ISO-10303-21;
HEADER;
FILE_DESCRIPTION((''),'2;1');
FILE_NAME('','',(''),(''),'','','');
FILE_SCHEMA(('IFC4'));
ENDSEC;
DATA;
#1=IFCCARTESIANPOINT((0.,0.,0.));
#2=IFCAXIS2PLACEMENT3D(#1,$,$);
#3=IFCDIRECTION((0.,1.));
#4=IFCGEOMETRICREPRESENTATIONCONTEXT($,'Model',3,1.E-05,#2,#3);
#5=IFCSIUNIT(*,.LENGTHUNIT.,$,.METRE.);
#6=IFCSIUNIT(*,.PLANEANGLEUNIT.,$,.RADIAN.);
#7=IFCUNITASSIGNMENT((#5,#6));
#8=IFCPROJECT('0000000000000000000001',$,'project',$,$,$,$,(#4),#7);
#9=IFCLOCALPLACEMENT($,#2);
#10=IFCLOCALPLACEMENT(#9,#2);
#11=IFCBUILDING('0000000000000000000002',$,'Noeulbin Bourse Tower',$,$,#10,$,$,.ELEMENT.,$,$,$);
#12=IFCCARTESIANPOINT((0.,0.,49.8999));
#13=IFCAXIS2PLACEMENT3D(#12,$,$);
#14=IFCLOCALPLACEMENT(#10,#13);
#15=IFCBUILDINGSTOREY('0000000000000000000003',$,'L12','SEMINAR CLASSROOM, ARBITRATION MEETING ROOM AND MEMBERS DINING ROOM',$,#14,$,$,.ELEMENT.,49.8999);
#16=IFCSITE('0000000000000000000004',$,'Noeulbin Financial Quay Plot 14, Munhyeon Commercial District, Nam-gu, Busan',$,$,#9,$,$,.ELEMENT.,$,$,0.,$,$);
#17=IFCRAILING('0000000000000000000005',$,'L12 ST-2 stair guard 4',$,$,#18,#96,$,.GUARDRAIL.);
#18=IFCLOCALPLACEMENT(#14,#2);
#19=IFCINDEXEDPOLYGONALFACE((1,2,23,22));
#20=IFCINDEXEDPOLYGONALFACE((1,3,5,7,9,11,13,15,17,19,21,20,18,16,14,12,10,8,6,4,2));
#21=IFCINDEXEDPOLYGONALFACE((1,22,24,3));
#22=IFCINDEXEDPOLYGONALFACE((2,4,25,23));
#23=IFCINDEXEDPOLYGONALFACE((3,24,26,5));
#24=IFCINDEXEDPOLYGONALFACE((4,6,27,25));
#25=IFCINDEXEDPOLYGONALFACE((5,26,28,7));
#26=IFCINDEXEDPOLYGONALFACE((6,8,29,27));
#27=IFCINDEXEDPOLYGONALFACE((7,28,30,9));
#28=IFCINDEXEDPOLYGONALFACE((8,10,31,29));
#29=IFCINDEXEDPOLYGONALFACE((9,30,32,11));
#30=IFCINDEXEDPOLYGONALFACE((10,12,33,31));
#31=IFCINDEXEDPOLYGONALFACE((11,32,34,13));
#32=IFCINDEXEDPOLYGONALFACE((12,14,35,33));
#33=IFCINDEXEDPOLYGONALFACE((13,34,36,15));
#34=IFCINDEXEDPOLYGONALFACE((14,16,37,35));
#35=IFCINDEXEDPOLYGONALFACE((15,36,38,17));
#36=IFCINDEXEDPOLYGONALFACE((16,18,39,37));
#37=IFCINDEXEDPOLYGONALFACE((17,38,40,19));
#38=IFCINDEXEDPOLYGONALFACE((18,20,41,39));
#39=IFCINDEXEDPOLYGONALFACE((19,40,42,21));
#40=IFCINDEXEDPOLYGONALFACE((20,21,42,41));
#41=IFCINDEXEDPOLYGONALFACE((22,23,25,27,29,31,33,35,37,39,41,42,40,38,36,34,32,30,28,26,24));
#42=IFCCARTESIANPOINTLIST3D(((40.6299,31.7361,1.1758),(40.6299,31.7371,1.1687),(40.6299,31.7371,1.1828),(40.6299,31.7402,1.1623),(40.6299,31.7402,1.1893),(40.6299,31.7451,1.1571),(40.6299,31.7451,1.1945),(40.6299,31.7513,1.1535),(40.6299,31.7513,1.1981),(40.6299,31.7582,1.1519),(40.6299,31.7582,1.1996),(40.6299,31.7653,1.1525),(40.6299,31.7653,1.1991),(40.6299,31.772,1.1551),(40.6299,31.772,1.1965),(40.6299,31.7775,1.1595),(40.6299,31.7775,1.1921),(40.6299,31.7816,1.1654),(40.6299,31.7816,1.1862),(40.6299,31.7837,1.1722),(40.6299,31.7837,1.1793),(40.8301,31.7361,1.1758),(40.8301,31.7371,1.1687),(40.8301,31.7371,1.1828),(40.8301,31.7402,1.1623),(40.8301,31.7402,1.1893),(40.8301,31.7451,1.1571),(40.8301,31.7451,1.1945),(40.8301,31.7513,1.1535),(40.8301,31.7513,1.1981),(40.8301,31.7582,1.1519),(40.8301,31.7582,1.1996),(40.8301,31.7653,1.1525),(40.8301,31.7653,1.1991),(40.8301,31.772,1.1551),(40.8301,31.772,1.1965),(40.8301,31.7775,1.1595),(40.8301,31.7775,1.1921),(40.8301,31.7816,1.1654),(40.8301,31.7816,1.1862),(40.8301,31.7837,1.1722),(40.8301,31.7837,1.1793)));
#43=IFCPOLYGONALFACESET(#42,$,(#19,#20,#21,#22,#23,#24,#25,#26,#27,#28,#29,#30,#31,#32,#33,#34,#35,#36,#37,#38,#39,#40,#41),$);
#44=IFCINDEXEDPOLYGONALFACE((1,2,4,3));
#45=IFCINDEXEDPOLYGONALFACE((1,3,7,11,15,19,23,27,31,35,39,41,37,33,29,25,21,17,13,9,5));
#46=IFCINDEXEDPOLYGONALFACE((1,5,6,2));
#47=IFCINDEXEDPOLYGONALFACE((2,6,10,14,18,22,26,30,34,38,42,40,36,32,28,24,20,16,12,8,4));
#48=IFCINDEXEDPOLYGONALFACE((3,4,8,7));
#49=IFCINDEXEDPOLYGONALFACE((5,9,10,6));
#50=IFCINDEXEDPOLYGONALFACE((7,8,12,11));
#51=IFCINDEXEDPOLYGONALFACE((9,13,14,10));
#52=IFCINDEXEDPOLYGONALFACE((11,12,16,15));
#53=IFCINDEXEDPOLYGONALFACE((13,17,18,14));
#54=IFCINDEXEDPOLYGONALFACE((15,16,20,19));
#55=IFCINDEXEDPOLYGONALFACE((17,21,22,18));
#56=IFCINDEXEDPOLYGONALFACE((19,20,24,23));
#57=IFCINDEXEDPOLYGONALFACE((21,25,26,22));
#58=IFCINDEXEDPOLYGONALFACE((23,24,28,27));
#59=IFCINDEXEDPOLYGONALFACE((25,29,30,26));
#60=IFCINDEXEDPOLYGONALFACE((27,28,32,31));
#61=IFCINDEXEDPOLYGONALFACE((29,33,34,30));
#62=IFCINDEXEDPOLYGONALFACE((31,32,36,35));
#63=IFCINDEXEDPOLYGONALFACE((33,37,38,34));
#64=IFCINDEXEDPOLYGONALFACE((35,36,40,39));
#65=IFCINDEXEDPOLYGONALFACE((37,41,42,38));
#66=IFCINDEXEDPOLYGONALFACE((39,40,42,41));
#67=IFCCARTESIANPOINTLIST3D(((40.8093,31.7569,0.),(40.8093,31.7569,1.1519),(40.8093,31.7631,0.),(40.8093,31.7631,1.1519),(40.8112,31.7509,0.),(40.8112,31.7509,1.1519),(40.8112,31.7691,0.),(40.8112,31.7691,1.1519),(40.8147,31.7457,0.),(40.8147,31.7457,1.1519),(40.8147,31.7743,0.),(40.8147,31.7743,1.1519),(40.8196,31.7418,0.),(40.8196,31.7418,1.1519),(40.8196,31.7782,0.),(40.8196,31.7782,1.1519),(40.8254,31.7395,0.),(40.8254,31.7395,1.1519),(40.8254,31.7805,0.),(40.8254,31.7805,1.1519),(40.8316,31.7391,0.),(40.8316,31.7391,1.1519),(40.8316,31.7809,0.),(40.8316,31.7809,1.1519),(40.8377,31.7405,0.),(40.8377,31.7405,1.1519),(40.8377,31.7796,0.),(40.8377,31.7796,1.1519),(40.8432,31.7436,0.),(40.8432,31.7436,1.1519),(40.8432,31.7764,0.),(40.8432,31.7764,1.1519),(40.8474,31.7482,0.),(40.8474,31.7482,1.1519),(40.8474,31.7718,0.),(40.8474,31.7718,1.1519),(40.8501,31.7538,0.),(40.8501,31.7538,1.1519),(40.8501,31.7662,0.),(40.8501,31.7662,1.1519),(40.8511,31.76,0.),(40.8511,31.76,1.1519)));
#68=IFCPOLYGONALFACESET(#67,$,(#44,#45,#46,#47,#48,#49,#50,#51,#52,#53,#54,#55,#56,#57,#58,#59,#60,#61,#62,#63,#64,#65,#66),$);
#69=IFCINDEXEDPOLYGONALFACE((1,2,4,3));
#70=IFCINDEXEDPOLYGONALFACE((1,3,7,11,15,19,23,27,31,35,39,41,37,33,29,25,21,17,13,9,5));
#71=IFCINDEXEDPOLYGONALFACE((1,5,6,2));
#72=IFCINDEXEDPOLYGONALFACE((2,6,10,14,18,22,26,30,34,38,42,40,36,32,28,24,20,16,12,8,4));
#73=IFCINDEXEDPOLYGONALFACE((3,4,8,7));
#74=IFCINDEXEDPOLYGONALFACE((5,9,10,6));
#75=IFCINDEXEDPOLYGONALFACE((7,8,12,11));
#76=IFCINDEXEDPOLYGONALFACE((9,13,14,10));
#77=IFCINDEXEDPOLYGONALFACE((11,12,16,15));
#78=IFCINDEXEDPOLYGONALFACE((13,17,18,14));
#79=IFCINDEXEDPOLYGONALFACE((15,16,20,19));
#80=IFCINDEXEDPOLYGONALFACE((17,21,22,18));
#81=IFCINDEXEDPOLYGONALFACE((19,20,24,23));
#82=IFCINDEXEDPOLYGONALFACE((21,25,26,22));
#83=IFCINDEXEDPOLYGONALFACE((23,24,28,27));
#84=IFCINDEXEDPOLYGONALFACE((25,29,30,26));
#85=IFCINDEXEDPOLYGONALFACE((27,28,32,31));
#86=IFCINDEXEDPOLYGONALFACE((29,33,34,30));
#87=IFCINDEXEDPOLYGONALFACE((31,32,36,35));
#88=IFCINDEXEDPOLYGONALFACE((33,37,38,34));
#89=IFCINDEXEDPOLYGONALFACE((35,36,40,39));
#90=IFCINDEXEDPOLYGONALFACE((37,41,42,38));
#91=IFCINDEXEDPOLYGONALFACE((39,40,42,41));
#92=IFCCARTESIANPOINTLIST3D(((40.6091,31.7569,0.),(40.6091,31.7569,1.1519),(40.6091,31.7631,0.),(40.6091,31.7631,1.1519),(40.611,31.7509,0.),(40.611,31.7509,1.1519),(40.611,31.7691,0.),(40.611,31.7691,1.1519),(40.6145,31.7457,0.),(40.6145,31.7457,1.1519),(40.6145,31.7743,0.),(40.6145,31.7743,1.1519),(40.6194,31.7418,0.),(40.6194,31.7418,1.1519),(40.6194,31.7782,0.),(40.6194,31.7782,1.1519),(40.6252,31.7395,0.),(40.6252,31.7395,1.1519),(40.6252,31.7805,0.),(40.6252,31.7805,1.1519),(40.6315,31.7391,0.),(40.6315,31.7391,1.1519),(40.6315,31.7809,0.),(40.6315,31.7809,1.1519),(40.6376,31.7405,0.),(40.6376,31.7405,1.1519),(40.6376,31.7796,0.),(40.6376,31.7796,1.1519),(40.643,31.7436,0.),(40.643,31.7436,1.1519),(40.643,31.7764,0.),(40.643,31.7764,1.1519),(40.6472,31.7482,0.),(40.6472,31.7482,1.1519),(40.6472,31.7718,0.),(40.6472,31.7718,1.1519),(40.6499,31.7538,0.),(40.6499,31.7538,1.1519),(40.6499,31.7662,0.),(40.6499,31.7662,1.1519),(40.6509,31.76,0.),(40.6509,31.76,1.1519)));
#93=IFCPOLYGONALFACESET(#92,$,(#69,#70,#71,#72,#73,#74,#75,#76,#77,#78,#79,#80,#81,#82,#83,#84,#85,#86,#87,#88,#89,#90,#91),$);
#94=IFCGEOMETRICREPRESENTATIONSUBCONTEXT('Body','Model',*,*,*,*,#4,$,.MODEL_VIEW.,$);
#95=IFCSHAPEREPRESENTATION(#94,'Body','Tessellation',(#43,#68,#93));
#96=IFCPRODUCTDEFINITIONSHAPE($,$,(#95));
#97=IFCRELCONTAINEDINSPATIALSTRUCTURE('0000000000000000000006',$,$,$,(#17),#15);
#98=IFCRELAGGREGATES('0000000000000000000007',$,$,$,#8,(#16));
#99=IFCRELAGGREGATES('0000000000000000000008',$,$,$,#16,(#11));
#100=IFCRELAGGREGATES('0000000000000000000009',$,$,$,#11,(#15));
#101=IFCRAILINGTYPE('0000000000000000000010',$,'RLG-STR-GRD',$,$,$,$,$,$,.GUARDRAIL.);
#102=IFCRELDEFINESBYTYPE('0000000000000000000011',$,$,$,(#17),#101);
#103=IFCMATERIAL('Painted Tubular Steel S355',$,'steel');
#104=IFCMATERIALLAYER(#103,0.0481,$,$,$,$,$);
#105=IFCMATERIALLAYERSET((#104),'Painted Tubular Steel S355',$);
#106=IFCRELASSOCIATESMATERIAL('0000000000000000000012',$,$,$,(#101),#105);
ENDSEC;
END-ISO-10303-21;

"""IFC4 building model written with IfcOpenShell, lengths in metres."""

from ifc_helpers import new_model, si_unit, direction, frame, origin, origin_2d, place, context, subcontext, project, spatial, circle, extrude, material, layer, layer_set, type_object, element, save


model = new_model("IFC4")

# Units and contexts
model_context = context("Model", 3, precision=1e-05, world=origin(), true_north=direction((0.0, 1.0)))
body_context = subcontext(model_context, "Body", "Model", "MODEL_VIEW")
ifc_project = project(units=[si_unit("LENGTHUNIT", "METRE"), si_unit("PLANEANGLEUNIT", "RADIAN")], contexts=[model_context])

# Site, building, storey
site_placement = place(None, origin())
site = spatial("IfcSite", under=ifc_project, at=site_placement, Name="Noeulbin Financial Quay Plot 14, Munhyeon Commercial District, Nam-gu, Busan", CompositionType="ELEMENT", RefElevation=0.0)
building_placement = place(site_placement, origin())
building = spatial("IfcBuilding", under=site, at=building_placement, Name="Noeulbin Bourse Tower", CompositionType="ELEMENT")
storey_placement = place(building_placement, frame((0.0, 0.0, 49.8999)))
storey = spatial("IfcBuildingStorey", under=building, at=storey_placement, Name="L12", Description="SEMINAR CLASSROOM, ARBITRATION MEETING ROOM AND MEMBERS DINING ROOM", CompositionType="ELEMENT", Elevation=49.8999)

# Railing
ifc_material_1 = material(Name="Painted Tubular Steel S355", Category="steel")
ifc_layer_1 = layer(ifc_material_1, 0.0481)
ifc_layer_set_1 = layer_set([ifc_layer_1], Name="Painted Tubular Steel S355")
railing_type_1 = type_object("IfcRailingType", Name="RLG-STR-GRD", PredefinedType="GUARDRAIL", material=ifc_layer_set_1)
railing_1_placement = place(storey_placement, frame((40.8301, 31.76, 0.0)))
element("IfcRailing", 1, at=railing_1_placement, inside=storey, type_object=railing_type_1, Name="L12 ST-2 stair guard 4", PredefinedType="GUARDRAIL", context=body_context, shape_type="SweptSolid", body=[
    extrude(circle(Radius=0.0239, at=origin_2d()), frame((0.0, 0.0, 1.1758), z_axis=(-1.0, 0.0, 0.0), x_axis=(0.0, -1.0, 0.0)), (0.0, 0.0, 1.0), 0.2002),
    extrude(circle(Radius=0.021, at=origin_2d()), origin(), (0.0, 0.0, 1.0), 1.1519),
    extrude(circle(Radius=0.021, at=origin_2d()), frame((-0.2002, 0.0, 0.0)), (0.0, 0.0, 1.0), 1.1519),
])

save(model, "model.ifc")
